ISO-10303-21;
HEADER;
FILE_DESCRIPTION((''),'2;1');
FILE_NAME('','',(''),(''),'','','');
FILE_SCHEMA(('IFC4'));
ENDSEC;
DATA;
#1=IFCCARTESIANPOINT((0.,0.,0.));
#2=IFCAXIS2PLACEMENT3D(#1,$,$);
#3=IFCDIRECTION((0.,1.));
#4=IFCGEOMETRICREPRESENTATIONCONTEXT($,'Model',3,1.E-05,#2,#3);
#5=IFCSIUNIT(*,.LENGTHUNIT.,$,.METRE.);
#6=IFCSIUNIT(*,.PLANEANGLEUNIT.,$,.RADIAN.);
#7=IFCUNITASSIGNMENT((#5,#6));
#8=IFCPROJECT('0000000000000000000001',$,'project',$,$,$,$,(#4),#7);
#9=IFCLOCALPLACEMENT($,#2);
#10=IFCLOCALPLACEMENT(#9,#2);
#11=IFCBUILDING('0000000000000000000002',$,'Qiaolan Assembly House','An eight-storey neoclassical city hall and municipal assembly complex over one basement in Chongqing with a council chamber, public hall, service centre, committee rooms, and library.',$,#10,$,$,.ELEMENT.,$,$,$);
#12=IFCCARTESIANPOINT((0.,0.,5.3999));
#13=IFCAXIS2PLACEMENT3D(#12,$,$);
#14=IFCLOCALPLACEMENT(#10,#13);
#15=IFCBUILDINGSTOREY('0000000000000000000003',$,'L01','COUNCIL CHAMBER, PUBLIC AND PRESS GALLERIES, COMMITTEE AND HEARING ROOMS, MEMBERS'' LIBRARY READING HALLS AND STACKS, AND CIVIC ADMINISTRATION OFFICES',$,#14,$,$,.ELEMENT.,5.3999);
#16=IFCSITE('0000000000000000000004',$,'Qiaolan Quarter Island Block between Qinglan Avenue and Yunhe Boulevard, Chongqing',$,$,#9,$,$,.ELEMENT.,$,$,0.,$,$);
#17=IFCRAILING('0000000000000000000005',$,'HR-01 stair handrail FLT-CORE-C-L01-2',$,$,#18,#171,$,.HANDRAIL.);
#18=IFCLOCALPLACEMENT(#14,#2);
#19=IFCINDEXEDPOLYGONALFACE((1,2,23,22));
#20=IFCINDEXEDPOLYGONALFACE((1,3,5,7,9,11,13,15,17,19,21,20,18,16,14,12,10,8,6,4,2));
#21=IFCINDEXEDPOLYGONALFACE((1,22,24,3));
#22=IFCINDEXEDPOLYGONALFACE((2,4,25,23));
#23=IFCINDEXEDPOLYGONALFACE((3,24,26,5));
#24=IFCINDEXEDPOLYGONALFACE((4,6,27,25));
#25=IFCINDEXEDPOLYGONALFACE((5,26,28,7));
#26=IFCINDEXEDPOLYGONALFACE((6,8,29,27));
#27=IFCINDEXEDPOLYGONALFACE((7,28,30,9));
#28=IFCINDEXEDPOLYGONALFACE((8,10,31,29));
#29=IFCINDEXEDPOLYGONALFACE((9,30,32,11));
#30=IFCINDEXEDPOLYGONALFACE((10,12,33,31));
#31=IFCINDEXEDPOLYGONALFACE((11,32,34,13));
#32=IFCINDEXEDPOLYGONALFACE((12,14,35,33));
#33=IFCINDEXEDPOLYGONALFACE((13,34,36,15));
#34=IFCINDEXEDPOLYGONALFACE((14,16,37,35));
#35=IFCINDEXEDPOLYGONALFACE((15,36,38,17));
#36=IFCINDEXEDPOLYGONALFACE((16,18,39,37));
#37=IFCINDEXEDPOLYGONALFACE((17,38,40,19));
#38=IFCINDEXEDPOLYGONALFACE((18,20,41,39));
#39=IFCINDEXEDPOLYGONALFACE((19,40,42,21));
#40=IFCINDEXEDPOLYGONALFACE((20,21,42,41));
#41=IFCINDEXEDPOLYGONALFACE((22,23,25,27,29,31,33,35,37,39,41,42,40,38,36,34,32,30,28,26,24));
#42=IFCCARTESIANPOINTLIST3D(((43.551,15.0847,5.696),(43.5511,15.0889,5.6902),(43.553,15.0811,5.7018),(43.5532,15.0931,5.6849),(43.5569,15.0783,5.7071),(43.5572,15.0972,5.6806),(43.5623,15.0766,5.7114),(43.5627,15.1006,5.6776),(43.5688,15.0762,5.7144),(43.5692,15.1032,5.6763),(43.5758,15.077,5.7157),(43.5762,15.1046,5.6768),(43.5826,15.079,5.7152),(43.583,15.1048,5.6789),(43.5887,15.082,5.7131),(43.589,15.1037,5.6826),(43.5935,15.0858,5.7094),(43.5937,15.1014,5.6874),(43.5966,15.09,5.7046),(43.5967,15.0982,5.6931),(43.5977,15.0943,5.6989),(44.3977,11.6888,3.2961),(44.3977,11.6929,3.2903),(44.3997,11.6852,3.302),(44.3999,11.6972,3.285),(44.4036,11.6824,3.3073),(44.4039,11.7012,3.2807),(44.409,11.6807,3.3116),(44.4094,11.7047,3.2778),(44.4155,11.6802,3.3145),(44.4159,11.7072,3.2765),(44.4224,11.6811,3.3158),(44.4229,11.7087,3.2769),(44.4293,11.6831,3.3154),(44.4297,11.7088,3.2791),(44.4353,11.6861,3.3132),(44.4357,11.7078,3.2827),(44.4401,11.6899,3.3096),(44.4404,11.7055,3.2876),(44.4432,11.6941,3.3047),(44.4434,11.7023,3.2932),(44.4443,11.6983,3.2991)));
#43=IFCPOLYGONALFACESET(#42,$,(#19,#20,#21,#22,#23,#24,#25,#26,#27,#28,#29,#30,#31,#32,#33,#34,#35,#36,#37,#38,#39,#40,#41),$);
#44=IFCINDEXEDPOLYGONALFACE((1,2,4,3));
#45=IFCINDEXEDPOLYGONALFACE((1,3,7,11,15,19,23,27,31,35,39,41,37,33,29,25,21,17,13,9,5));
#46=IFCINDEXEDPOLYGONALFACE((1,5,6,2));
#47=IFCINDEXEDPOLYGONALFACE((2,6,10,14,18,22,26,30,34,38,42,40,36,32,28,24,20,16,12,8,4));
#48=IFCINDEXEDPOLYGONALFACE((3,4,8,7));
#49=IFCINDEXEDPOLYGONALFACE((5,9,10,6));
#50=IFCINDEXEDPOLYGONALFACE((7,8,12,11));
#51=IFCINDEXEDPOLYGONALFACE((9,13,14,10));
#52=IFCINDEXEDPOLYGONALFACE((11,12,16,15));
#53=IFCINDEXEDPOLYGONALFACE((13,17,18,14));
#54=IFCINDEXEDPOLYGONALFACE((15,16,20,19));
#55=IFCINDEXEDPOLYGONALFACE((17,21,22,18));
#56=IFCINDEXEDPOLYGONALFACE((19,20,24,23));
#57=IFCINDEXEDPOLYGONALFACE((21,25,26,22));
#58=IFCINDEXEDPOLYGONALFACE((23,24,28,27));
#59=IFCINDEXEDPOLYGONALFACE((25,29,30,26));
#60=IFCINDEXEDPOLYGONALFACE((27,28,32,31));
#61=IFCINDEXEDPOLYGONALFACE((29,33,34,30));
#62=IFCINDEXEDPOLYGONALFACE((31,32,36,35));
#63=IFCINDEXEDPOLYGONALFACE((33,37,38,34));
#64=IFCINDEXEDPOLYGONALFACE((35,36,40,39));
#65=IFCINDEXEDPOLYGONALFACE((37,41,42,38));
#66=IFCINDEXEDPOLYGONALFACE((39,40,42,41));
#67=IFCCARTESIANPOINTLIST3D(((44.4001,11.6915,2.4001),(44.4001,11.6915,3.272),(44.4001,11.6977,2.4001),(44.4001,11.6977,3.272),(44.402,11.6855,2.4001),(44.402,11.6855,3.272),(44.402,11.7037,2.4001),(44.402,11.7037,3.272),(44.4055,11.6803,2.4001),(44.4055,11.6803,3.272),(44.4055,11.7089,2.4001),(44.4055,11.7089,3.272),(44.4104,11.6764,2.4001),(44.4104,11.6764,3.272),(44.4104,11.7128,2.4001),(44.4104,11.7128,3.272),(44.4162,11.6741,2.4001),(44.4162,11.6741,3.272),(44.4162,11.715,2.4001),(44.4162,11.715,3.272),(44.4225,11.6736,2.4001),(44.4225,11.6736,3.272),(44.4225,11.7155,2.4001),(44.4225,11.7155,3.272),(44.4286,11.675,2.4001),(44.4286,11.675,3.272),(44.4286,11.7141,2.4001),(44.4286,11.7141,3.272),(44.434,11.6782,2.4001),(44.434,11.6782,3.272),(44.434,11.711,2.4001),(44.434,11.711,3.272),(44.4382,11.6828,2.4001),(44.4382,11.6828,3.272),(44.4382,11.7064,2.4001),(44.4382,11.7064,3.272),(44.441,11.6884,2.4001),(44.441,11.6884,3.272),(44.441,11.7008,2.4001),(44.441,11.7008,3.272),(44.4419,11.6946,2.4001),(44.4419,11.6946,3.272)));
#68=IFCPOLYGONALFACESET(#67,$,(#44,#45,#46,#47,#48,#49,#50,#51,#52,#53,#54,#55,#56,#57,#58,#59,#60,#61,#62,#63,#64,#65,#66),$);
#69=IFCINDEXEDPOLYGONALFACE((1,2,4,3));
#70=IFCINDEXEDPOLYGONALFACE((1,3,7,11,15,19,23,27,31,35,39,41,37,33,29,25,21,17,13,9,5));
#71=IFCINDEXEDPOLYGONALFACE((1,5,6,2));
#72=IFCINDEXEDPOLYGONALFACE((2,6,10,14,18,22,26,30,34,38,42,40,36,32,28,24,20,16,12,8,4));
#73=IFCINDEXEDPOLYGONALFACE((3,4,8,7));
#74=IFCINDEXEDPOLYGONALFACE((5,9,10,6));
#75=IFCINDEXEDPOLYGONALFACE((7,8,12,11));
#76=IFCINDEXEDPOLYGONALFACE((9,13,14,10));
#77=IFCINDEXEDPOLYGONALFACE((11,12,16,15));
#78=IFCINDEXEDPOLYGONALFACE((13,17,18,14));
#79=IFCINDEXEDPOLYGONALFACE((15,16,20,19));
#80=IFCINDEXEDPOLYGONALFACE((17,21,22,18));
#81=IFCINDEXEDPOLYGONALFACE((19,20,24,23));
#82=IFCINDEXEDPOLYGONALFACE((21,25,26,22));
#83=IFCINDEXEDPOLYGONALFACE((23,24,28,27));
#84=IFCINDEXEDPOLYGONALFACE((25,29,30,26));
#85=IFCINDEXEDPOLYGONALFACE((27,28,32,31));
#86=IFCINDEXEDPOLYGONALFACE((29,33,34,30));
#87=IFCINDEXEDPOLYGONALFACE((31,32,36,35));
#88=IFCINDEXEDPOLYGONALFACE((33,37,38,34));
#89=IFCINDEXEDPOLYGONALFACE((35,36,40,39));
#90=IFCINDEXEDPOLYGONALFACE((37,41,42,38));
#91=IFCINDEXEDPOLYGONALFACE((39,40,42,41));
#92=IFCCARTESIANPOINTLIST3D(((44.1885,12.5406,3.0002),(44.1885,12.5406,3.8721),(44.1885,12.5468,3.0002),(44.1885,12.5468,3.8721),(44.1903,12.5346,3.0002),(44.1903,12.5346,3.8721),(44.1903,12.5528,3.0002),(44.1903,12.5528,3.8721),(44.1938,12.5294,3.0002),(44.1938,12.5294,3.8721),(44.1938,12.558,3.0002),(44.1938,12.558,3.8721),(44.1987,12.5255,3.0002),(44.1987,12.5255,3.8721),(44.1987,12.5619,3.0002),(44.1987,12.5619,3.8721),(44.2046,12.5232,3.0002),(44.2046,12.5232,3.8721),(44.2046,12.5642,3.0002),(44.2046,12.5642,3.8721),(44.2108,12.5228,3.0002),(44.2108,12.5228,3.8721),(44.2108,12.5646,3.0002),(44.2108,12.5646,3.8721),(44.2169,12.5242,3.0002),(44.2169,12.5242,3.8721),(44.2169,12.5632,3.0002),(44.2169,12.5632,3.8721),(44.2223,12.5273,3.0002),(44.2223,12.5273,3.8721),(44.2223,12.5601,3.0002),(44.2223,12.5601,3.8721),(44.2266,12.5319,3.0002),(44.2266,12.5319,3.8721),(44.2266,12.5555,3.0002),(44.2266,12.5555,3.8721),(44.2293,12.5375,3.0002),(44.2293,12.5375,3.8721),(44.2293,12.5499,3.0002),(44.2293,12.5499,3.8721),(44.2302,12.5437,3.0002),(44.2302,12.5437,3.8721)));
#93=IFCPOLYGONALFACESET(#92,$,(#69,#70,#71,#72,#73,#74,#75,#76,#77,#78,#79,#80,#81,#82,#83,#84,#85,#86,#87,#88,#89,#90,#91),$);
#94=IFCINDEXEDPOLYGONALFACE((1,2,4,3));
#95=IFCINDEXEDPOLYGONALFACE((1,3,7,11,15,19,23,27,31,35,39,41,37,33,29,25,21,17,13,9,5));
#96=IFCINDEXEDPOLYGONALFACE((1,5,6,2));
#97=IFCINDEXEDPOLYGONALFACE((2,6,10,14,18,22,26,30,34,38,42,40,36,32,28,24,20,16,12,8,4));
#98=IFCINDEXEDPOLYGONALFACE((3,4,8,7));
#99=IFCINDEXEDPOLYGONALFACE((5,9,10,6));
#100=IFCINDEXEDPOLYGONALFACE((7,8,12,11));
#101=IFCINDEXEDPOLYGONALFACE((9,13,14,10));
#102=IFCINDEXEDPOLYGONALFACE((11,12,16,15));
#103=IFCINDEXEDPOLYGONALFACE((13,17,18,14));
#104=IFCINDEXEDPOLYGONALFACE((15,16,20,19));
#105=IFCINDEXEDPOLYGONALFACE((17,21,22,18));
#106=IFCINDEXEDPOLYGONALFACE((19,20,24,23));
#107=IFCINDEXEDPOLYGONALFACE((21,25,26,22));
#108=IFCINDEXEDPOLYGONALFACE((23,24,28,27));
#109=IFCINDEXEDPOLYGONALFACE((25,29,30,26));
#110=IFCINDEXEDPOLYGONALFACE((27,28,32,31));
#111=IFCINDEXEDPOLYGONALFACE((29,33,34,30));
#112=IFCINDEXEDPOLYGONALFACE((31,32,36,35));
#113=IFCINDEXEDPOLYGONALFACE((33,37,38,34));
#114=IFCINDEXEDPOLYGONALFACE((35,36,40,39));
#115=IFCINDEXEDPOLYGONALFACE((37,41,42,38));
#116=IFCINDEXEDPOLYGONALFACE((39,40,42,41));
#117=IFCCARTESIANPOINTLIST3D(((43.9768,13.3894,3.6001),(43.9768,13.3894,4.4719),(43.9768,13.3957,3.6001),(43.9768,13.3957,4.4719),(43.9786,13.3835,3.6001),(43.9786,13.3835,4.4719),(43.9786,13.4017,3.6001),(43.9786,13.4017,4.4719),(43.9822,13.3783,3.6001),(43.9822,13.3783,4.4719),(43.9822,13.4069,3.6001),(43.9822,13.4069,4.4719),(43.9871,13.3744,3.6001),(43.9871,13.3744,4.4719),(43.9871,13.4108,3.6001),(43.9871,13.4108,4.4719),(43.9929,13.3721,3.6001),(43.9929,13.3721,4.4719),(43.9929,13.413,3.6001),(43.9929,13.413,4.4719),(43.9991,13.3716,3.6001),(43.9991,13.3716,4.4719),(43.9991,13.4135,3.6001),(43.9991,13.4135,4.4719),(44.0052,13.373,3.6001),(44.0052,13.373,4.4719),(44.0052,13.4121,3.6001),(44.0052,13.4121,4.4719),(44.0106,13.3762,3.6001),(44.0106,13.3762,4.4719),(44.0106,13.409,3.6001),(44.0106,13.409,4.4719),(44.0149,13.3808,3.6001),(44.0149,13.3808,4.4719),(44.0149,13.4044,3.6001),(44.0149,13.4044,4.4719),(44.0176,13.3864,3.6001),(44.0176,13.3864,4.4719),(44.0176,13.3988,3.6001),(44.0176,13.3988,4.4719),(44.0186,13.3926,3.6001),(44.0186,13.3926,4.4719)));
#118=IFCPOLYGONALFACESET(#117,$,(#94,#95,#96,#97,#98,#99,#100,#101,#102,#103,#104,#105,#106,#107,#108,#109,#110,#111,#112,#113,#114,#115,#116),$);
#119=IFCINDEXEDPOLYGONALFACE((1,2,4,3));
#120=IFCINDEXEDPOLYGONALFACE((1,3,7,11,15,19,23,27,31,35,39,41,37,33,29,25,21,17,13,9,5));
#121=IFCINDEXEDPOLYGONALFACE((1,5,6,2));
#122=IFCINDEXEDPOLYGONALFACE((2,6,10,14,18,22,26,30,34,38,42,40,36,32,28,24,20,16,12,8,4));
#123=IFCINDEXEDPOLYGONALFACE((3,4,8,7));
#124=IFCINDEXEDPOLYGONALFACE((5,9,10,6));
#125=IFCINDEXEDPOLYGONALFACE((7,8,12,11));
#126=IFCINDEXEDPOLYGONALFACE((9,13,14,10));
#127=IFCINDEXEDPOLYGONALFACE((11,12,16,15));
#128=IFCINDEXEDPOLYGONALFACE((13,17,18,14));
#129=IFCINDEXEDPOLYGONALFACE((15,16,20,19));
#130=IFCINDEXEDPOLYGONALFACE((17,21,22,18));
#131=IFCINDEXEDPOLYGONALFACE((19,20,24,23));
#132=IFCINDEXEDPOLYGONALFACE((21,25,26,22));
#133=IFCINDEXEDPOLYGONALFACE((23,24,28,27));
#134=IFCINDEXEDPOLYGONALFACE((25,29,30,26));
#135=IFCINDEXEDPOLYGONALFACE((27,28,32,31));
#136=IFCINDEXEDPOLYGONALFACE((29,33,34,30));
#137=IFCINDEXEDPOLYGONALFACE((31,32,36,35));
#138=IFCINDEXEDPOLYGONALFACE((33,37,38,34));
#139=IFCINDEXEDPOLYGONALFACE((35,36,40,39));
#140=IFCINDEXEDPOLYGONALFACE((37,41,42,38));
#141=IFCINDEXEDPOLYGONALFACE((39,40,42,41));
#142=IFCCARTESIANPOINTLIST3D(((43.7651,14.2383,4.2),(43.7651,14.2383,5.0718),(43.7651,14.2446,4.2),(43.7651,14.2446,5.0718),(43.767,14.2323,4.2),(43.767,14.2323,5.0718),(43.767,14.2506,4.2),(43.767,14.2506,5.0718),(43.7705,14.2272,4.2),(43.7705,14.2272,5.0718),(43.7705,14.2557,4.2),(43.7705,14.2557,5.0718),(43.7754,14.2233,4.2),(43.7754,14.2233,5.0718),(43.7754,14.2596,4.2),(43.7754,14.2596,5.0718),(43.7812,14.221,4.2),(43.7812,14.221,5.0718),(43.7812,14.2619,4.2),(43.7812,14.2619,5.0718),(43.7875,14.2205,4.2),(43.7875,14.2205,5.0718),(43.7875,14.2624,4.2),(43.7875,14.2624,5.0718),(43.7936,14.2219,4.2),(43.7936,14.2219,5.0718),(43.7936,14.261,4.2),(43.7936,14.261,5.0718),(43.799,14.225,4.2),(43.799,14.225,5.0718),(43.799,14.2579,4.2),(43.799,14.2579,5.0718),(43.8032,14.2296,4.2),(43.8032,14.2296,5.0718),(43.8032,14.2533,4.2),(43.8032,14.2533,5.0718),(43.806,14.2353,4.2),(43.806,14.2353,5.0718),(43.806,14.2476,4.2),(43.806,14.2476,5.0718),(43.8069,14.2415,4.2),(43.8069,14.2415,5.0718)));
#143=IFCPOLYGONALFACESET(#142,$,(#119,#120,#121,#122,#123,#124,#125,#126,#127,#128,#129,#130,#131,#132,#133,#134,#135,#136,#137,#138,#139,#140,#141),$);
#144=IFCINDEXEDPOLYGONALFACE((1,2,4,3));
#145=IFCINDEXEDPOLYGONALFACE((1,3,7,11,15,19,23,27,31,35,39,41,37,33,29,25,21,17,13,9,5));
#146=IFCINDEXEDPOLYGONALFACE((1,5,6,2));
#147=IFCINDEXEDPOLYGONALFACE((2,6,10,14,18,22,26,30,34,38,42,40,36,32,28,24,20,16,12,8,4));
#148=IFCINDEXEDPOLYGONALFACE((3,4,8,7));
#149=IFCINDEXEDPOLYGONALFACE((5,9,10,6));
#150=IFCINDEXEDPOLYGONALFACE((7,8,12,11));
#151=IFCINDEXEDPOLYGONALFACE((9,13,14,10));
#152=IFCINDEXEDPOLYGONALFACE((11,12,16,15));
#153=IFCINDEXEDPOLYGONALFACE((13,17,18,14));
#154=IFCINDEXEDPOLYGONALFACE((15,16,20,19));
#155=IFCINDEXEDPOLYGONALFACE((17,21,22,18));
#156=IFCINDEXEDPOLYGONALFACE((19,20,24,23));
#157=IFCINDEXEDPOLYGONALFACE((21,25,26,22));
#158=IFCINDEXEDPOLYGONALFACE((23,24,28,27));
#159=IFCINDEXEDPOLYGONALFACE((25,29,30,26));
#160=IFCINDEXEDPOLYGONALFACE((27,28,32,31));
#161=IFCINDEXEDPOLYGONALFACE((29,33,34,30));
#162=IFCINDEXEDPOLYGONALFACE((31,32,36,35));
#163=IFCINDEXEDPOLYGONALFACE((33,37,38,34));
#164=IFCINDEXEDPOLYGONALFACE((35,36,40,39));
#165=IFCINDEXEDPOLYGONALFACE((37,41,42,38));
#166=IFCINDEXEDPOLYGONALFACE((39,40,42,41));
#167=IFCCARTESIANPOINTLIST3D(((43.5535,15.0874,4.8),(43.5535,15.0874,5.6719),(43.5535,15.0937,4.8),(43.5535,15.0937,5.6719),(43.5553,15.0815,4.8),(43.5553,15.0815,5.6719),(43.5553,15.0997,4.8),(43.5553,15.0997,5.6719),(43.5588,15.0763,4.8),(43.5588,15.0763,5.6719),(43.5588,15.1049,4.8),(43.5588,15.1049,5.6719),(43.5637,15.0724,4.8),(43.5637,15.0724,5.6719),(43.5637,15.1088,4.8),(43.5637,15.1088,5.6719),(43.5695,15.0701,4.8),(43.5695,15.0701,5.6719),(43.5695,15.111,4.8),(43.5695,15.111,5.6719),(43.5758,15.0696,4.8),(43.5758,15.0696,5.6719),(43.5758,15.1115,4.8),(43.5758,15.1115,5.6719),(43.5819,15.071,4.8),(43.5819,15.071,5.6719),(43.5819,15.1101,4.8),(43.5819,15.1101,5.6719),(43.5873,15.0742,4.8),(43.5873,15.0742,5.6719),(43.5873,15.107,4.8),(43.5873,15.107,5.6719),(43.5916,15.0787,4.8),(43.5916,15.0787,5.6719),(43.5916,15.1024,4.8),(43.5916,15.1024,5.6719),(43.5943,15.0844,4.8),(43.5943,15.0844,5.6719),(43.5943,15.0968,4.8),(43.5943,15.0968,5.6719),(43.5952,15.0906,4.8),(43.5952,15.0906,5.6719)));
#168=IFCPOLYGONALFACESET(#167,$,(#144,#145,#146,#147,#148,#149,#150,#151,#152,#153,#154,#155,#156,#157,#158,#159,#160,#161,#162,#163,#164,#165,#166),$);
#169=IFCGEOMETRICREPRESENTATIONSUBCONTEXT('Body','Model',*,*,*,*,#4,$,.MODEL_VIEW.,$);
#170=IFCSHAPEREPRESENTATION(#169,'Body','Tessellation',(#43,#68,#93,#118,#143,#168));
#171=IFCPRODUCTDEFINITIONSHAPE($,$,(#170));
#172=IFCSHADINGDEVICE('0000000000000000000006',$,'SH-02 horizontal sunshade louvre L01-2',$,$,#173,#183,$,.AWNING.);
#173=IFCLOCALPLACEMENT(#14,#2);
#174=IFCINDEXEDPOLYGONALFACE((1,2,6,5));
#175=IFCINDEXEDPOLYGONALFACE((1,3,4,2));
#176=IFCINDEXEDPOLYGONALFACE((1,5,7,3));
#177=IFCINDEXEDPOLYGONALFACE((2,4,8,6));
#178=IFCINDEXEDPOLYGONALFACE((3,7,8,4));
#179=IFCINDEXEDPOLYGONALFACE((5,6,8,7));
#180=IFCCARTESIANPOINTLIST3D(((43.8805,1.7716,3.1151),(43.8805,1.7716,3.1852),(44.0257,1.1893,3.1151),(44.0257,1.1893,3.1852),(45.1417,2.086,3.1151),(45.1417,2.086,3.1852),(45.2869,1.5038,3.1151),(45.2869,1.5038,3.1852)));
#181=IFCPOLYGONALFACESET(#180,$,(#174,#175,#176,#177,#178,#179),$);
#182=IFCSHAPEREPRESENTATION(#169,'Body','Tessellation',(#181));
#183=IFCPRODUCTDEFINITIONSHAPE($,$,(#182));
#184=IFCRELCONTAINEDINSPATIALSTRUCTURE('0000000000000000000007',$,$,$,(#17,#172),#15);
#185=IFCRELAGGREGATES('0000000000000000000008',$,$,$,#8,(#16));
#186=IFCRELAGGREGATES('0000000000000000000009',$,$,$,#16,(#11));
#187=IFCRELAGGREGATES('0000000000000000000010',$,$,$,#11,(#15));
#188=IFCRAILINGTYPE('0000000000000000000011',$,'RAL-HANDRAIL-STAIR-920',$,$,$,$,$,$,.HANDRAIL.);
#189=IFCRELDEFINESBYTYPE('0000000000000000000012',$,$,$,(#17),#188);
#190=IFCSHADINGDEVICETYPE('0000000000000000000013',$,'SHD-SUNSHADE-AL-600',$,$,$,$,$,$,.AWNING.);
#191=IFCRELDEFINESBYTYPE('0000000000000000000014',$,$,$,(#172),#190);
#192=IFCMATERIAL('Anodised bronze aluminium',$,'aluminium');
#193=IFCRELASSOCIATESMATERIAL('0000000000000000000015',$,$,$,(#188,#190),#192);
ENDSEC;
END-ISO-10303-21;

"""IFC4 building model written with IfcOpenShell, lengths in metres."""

from ifc_helpers import new_model, si_unit, direction, frame, origin, origin_2d, place, context, subcontext, project, spatial, rectangle, circle, extrude, material, material_profile, profile_set, type_object, element, save


model = new_model("IFC4")

# Units and contexts
model_context = context("Model", 3, precision=1e-05, world=origin(), true_north=direction((0.0, 1.0)))
body_context = subcontext(model_context, "Body", "Model", "MODEL_VIEW")
ifc_project = project(units=[si_unit("LENGTHUNIT", "METRE"), si_unit("PLANEANGLEUNIT", "RADIAN")], contexts=[model_context])

# Site, building, storey
site_placement = place(None, origin())
site = spatial("IfcSite", under=ifc_project, at=site_placement, Name="Qiaolan Quarter Island Block between Qinglan Avenue and Yunhe Boulevard, Chongqing", CompositionType="ELEMENT", RefElevation=0.0)
building_placement = place(site_placement, origin())
building = spatial("IfcBuilding", under=site, at=building_placement, Name="Qiaolan Assembly House", Description="An eight-storey neoclassical city hall and municipal assembly complex over one basement in Chongqing with a council chamber, public hall, service centre, committee rooms, and library.", CompositionType="ELEMENT")
storey_placement = place(building_placement, frame((0.0, 0.0, 5.3999)))
storey = spatial("IfcBuildingStorey", under=building, at=storey_placement, Name="L01", Description="COUNCIL CHAMBER, PUBLIC AND PRESS GALLERIES, COMMITTEE AND HEARING ROOMS, MEMBERS' LIBRARY READING HALLS AND STACKS, AND CIVIC ADMINISTRATION OFFICES", CompositionType="ELEMENT", Elevation=5.3999)

# Shared definitions
ifc_material_1 = material(Name="Anodised bronze aluminium", Category="aluminium")

# Railing
railing_type_1 = type_object("IfcRailingType", Name="RAL-HANDRAIL-STAIR-920", PredefinedType="HANDRAIL", material=ifc_material_1)
railing_1_placement = place(storey_placement, frame((44.4209, 11.6946, 2.4001)))
element("IfcRailing", 1, at=railing_1_placement, inside=storey, type_object=railing_type_1, Name="HR-01 stair handrail FLT-CORE-C-L01-2", PredefinedType="HANDRAIL", context=body_context, shape_type="SweptSolid", body=[
    extrude(circle(Radius=0.0239, at=origin_2d()), frame((0.0, 0.0, 0.896), z_axis=(-0.199513, 0.80024, 0.565518), x_axis=(-0.970298, -0.241912, 0.0)), (0.0, 0.0, 1.0), 4.2437),
    extrude(circle(Radius=0.021, at=origin_2d()), origin(), (0.0, 0.0, 1.0), 0.8718),
    extrude(circle(Radius=0.021, at=origin_2d()), frame((-0.2117, 0.8491, 0.6001)), (0.0, 0.0, 1.0), 0.8718),
    extrude(circle(Radius=0.021, at=origin_2d()), frame((-0.4233, 1.698, 1.2)), (0.0, 0.0, 1.0), 0.8718),
    extrude(circle(Radius=0.021, at=origin_2d()), frame((-0.635, 2.5469, 1.7998)), (0.0, 0.0, 1.0), 0.8718),
    extrude(circle(Radius=0.021, at=origin_2d()), frame((-0.8467, 3.396, 2.3999)), (0.0, 0.0, 1.0), 0.8718),
])

# Shading device
ifc_material_profile_1 = material_profile(ifc_material_1, rectangle(XDim=0.6001, YDim=0.0701, at=origin_2d()), Name="SHD 600x70")
ifc_profile_set_1 = profile_set([ifc_material_profile_1], Name="Anodised bronze aluminium")
shading_device_type = type_object("IfcShadingDeviceType", Name="SHD-SUNSHADE-AL-600", PredefinedType="AWNING", material=ifc_profile_set_1)
shading_device_placement = place(storey_placement, frame((43.9531, 1.4805, 3.1501), z_axis=(0.970297, 0.241917, 0.0), x_axis=(-0.241917, 0.970297, 0.0)))
element("IfcShadingDevice", 2, at=shading_device_placement, inside=storey, type_object=shading_device_type, Name="SH-02 horizontal sunshade louvre L01-2", PredefinedType="AWNING", context=body_context, shape_type="SweptSolid", body=[
    extrude(rectangle(XDim=0.6001, YDim=0.0701, at=origin_2d()), origin(), (0.0, 0.0, 1.0), 1.2998),
])

save(model, "model.ifc")
